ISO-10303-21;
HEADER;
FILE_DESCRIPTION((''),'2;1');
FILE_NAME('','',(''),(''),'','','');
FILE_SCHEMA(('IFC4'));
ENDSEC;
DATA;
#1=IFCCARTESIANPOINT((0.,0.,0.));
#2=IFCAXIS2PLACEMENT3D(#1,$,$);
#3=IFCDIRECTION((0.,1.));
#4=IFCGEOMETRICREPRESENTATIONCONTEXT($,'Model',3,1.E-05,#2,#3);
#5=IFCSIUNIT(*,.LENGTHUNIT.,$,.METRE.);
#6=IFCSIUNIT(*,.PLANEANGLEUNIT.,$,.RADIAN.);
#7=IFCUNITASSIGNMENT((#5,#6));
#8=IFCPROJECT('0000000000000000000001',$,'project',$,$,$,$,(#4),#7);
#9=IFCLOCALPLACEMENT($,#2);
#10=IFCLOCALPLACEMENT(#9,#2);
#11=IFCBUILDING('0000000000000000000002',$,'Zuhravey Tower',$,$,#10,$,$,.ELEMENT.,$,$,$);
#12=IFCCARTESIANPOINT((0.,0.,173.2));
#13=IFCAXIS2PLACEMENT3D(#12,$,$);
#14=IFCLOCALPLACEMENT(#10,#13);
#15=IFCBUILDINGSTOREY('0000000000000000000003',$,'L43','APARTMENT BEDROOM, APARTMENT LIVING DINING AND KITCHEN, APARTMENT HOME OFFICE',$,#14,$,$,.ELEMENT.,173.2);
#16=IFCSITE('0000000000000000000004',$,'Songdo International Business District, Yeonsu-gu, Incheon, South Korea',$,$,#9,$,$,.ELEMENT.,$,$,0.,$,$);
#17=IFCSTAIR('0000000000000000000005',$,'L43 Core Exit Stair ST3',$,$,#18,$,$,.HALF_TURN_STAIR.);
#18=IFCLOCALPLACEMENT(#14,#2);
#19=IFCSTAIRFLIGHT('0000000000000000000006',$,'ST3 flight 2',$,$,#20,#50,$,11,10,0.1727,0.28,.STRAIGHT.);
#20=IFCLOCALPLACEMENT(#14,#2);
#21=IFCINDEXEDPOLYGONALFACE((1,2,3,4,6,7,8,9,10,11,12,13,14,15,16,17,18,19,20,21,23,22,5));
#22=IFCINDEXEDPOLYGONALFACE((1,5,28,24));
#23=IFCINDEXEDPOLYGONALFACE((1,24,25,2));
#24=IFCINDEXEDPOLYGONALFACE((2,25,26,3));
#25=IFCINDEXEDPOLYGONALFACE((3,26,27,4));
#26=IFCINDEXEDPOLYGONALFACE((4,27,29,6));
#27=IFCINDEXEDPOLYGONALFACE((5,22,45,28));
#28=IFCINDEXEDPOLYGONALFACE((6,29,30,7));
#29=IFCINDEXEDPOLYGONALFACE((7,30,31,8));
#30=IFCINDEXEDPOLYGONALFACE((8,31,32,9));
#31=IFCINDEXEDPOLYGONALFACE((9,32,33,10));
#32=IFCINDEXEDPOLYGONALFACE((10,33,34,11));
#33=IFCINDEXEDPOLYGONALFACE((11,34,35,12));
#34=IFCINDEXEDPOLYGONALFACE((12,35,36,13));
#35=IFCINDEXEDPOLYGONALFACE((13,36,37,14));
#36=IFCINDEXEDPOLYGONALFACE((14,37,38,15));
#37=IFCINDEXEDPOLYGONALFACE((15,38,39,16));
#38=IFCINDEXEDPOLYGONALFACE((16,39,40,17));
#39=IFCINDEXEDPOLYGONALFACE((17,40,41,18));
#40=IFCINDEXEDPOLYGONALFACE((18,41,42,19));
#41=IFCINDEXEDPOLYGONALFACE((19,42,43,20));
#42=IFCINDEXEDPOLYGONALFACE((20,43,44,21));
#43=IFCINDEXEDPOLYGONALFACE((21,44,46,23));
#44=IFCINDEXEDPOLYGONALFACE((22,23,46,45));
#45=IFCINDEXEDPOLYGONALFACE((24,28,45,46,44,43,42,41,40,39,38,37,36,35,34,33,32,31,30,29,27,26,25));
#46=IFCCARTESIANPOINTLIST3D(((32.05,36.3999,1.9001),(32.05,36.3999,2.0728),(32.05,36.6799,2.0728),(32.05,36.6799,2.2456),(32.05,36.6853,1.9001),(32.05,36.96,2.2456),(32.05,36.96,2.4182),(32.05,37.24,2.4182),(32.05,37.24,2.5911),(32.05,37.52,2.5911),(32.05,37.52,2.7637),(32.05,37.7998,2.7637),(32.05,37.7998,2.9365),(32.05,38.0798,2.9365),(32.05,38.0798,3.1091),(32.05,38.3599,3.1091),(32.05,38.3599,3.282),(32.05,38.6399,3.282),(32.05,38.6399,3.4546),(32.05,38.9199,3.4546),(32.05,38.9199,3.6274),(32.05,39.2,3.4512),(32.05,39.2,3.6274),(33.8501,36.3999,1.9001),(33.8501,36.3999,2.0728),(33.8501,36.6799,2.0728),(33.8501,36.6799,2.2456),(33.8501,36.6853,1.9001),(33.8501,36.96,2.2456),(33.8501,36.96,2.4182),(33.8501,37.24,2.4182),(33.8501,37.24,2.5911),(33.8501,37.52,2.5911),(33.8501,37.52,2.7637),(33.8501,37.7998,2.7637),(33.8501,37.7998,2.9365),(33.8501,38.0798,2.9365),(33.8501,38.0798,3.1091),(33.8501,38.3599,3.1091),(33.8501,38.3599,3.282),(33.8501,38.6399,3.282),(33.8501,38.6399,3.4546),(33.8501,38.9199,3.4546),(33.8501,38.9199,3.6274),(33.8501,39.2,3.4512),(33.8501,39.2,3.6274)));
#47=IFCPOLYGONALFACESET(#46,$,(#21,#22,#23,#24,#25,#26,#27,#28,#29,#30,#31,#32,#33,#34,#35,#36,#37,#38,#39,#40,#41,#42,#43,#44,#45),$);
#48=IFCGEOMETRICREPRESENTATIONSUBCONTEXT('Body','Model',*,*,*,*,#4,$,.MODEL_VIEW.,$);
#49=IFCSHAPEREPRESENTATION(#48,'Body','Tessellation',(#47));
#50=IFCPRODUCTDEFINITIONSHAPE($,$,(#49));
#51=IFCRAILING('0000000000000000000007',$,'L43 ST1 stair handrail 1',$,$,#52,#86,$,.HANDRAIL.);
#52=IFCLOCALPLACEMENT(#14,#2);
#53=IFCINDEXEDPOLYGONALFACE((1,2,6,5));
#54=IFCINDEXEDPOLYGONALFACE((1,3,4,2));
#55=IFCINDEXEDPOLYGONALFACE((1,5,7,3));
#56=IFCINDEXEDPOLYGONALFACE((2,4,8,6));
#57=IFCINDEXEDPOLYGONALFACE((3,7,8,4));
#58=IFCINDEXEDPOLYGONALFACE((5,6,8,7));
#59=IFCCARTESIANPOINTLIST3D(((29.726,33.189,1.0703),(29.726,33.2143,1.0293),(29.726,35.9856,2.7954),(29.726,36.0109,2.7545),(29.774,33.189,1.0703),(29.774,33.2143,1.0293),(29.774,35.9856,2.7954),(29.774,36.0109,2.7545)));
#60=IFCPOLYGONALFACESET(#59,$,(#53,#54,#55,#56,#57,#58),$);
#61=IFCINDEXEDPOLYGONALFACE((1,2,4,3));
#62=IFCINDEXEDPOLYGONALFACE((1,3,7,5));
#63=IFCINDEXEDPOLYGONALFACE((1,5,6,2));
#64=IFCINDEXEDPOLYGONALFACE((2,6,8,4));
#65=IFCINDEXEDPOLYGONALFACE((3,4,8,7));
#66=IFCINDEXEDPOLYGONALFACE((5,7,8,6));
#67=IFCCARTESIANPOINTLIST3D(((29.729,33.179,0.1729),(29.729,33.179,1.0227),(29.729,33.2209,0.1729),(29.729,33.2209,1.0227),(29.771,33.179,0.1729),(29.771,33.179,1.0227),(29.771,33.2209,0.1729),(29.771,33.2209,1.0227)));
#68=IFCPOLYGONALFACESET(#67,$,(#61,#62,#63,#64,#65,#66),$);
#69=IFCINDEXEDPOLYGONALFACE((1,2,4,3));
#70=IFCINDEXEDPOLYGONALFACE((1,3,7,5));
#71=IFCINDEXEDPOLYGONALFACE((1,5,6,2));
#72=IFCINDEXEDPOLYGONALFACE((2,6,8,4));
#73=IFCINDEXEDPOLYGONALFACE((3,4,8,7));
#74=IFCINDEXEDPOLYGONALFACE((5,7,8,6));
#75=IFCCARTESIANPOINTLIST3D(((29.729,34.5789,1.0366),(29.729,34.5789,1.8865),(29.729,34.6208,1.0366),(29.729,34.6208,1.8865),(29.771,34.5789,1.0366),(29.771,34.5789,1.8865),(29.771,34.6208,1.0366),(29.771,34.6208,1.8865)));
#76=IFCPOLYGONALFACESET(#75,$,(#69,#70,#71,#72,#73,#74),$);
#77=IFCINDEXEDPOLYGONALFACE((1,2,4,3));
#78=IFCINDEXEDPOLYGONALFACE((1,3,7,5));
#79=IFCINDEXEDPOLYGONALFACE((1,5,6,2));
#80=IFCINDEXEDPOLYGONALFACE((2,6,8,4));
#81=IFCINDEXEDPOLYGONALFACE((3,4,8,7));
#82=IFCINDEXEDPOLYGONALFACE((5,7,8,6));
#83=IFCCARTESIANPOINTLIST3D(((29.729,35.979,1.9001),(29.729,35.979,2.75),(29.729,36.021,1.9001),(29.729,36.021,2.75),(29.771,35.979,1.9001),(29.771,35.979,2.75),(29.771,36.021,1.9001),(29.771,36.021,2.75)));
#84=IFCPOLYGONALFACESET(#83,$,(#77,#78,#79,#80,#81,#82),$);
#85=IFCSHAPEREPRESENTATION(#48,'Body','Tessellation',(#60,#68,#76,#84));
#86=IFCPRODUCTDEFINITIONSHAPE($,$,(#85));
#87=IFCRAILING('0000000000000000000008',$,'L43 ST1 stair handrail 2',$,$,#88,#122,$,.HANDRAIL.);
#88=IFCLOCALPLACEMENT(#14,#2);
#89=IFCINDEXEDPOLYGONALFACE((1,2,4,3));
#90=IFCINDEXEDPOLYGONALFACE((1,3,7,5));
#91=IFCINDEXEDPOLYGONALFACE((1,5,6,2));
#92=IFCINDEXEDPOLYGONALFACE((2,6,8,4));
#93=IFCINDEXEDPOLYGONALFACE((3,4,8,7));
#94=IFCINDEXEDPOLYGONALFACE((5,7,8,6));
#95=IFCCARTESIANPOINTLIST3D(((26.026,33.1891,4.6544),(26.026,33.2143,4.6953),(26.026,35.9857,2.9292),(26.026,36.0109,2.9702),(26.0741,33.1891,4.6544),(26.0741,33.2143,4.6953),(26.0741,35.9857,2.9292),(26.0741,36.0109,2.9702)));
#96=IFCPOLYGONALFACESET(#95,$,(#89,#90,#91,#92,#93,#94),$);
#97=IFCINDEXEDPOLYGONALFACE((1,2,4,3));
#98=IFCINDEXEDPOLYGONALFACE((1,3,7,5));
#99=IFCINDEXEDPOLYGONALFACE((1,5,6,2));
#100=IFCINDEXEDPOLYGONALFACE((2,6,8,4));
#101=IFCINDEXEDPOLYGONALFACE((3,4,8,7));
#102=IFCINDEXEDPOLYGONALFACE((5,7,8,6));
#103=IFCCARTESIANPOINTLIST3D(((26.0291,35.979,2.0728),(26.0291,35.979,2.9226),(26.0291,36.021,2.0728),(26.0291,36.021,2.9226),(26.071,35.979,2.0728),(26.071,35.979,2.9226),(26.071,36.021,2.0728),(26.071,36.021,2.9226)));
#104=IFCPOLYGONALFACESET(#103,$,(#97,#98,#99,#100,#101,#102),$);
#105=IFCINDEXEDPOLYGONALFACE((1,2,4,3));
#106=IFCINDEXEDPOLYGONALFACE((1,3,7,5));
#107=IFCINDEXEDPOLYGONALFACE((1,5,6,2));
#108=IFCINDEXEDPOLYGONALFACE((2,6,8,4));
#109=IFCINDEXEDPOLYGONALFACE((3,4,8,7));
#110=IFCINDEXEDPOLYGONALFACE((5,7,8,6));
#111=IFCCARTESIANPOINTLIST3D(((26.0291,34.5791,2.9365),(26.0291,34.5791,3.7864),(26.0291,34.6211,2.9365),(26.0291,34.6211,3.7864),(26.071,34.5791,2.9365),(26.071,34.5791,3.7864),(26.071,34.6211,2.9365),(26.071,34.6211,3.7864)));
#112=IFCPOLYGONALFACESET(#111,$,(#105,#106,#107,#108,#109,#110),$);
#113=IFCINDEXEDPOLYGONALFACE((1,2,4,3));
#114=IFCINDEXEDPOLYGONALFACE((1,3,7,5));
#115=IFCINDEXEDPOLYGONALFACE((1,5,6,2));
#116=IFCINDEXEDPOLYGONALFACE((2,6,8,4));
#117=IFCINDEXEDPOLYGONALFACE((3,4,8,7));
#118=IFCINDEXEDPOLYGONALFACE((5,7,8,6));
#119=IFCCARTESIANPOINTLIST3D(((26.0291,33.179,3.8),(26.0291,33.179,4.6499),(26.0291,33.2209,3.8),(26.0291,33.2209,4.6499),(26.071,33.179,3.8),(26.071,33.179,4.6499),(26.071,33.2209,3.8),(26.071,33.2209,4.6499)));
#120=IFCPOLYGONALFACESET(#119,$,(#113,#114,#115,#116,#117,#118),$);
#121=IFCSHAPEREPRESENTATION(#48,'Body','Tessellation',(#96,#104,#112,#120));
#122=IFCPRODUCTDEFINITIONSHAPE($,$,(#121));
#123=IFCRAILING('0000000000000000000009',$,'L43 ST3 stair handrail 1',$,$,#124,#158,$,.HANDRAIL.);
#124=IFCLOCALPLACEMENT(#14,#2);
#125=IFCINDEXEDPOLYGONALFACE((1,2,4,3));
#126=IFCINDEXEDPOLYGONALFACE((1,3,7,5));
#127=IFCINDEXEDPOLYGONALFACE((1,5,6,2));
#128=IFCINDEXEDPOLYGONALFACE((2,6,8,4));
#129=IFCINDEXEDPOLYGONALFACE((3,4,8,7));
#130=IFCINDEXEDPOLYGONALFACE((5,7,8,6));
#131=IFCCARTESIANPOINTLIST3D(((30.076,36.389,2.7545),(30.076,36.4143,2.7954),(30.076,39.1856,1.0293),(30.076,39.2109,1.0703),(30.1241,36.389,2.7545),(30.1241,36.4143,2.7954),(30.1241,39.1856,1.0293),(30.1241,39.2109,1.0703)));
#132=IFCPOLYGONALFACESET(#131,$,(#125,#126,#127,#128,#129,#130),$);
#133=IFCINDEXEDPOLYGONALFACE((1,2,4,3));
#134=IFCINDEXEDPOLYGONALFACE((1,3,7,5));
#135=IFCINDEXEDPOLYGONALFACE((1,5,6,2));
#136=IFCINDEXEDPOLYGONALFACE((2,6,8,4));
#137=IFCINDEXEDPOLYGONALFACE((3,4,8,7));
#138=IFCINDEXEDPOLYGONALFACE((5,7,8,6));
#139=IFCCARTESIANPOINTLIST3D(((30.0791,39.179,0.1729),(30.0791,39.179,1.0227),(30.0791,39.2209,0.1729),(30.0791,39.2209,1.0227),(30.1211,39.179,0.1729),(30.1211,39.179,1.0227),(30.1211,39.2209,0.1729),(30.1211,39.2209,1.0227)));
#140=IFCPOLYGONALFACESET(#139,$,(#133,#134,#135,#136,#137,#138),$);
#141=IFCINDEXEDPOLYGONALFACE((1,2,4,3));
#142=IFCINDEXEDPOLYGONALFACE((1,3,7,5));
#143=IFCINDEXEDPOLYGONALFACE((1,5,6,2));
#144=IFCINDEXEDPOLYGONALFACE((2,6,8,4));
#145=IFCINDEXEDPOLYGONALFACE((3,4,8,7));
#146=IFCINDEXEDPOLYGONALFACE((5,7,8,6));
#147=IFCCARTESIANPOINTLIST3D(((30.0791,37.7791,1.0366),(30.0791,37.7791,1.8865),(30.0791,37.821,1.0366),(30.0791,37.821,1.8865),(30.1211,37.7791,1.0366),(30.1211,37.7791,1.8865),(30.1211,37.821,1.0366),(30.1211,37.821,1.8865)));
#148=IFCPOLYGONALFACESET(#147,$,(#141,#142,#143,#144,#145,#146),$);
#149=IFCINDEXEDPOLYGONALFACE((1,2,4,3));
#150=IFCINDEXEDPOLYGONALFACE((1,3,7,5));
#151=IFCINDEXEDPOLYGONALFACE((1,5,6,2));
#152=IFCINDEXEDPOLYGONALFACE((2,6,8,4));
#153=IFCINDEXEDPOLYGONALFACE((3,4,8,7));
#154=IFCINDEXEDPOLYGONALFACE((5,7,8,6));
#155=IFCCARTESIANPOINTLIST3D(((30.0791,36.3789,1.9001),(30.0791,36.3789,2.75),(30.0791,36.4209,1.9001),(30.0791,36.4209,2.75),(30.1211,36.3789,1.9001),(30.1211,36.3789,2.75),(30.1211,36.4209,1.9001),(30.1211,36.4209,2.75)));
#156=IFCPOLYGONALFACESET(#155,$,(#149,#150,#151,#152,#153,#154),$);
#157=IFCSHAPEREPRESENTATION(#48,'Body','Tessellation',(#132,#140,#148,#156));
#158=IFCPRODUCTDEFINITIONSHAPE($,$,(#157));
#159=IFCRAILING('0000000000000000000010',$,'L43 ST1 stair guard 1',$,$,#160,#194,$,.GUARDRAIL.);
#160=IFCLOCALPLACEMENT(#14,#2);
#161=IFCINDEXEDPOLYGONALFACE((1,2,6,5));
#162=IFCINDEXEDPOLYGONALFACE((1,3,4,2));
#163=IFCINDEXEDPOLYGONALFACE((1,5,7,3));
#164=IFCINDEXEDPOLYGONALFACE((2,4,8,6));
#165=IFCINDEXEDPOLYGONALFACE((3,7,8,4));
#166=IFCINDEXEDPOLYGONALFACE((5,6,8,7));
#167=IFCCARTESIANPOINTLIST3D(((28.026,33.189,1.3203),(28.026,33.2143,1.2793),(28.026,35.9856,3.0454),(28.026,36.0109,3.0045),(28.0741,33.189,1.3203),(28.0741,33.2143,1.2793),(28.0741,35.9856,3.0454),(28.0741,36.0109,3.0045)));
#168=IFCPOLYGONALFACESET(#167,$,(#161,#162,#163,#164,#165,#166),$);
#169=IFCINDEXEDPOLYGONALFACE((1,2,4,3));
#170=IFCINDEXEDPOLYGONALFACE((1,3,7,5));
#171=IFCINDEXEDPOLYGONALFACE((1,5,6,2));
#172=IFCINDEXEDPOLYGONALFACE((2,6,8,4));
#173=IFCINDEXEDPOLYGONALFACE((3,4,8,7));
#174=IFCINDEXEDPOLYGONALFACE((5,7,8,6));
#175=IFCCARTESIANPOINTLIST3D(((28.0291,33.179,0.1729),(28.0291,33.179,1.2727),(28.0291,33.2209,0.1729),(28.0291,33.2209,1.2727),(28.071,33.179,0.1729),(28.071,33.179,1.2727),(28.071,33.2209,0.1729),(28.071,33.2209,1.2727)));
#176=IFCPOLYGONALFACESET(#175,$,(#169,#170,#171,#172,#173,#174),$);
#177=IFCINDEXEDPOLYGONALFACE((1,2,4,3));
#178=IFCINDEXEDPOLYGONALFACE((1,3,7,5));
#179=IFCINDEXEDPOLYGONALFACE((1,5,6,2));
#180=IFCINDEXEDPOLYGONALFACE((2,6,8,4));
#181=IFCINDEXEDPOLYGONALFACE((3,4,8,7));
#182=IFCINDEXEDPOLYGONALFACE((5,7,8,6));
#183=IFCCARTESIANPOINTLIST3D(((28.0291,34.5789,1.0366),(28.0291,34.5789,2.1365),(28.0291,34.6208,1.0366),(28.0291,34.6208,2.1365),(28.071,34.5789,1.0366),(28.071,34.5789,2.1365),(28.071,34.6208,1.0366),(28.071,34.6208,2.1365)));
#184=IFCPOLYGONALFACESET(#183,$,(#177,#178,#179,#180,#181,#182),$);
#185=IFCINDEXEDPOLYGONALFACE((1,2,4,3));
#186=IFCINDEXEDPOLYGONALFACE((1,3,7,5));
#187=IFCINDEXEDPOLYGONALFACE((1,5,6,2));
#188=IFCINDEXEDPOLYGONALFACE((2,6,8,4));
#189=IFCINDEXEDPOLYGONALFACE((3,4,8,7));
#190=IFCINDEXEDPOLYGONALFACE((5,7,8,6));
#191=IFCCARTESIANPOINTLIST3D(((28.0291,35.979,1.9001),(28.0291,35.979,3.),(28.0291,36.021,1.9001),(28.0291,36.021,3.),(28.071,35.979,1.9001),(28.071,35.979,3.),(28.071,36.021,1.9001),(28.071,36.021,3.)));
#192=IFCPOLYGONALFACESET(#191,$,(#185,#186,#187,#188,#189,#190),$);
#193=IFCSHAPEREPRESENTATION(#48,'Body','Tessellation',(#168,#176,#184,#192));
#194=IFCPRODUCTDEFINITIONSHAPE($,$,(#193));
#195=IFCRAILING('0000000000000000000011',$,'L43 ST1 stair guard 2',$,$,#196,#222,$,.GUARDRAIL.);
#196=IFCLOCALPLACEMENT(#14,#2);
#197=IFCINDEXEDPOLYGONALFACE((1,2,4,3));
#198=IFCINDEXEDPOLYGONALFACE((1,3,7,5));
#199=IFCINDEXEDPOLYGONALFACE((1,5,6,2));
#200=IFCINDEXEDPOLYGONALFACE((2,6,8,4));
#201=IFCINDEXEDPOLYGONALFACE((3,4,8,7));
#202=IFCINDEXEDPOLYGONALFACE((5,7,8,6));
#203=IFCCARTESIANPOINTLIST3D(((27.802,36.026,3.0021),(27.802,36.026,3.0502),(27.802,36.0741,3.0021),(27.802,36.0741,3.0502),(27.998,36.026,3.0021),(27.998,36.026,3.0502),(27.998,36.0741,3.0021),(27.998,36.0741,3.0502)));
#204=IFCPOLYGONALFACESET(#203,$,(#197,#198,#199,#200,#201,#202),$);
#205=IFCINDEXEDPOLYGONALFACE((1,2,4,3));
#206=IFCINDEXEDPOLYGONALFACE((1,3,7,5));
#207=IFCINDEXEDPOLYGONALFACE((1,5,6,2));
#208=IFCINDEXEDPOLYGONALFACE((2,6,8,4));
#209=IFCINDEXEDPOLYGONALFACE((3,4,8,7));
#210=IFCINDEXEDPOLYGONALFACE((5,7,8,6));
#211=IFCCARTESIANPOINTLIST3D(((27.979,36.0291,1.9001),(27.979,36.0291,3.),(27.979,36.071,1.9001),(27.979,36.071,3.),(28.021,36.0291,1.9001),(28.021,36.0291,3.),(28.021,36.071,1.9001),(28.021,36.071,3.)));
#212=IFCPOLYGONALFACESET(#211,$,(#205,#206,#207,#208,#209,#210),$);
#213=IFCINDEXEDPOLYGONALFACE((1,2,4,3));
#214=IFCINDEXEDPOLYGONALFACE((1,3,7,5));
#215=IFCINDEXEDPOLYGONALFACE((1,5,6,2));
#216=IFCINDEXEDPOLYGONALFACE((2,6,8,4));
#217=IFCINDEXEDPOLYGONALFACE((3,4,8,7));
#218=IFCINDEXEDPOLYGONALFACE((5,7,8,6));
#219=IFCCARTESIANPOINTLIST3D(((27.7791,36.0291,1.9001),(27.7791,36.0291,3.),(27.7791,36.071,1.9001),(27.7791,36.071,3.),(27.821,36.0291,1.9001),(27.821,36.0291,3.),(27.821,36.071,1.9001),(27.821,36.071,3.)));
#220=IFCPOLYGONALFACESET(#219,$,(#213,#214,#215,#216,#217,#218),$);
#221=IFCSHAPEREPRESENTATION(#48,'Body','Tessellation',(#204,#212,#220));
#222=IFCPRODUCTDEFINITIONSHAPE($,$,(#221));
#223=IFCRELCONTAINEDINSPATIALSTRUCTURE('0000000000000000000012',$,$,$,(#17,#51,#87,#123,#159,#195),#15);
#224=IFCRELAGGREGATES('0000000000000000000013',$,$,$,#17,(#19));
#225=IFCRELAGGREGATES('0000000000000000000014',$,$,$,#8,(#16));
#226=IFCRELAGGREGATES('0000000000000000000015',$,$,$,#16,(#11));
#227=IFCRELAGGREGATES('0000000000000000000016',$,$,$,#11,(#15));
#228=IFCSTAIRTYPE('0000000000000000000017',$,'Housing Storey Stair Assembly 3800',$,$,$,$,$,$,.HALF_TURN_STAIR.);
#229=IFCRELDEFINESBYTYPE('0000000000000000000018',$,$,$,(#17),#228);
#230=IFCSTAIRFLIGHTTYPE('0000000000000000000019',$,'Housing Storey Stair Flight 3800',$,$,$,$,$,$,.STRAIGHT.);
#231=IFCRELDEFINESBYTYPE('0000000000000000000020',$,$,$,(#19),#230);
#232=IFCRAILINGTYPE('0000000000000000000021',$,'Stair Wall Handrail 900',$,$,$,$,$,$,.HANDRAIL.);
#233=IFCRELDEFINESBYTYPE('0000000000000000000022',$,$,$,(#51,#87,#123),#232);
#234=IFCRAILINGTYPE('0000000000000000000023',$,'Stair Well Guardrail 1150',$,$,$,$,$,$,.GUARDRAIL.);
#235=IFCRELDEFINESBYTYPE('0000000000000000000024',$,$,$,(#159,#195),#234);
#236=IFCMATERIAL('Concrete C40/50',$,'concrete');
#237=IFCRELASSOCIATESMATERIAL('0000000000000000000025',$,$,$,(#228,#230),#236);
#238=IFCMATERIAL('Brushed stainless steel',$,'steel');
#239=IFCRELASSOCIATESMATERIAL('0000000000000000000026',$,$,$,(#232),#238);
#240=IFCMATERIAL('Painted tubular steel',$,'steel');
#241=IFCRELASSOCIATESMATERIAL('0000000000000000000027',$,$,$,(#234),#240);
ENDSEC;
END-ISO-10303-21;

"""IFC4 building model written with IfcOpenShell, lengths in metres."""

from ifc_helpers import new_model, si_unit, direction, frame, origin, origin_2d, place, context, subcontext, project, spatial, polyline, rectangle, outline, extrude, material, type_object, element, aggregate, save


model = new_model("IFC4")

# Units and contexts
model_context = context("Model", 3, precision=1e-05, world=origin(), true_north=direction((0.0, 1.0)))
body_context = subcontext(model_context, "Body", "Model", "MODEL_VIEW")
ifc_project = project(units=[si_unit("LENGTHUNIT", "METRE"), si_unit("PLANEANGLEUNIT", "RADIAN")], contexts=[model_context])

# Site, building, storey
site_placement = place(None, origin())
site = spatial("IfcSite", under=ifc_project, at=site_placement, Name="Songdo International Business District, Yeonsu-gu, Incheon, South Korea", CompositionType="ELEMENT", RefElevation=0.0)
building_placement = place(site_placement, origin())
building = spatial("IfcBuilding", under=site, at=building_placement, Name="Zuhravey Tower", CompositionType="ELEMENT")
storey_placement = place(building_placement, frame((0.0, 0.0, 173.2)))
storey = spatial("IfcBuildingStorey", under=building, at=storey_placement, Name="L43", Description="APARTMENT BEDROOM, APARTMENT LIVING DINING AND KITCHEN, APARTMENT HOME OFFICE", CompositionType="ELEMENT", Elevation=173.2)

# Stair, stair flight
ifc_material_1 = material(Name="Concrete C40/50", Category="concrete")
stair_type = type_object("IfcStairType", Name="Housing Storey Stair Assembly 3800", PredefinedType="HALF_TURN_STAIR", material=ifc_material_1)
stair_flight_type = type_object("IfcStairFlightType", Name="Housing Storey Stair Flight 3800", PredefinedType="STRAIGHT", material=ifc_material_1)
stair_1_placement = place(storey_placement, origin())
stair_1 = element("IfcStair", 1, at=stair_1_placement, inside=storey, type_object=stair_type, Name="L43 Core Exit Stair ST3", PredefinedType="HALF_TURN_STAIR")
stair_flight_1_placement = place(storey_placement, frame((32.95, 36.3999, 1.9001), z_axis=(0.0, 0.0, 1.0), x_axis=(0.0, 1.0, 0.0)))
stair_flight_1 = element("IfcStairFlight", 2, at=stair_flight_1_placement, type_object=stair_flight_type, Name="ST3 flight 2", NumberOfRisers=11, NumberOfTreads=10, PredefinedType="STRAIGHT", RiserHeight=0.1727, TreadLength=0.28, context=body_context, shape_type="SweptSolid", body=[
    extrude(outline(polyline([(0.0, 0.0), (0.0, 0.1726), (0.28, 0.1726), (0.28, 0.3455), (0.5601, 0.3455), (0.5601, 0.5181), (0.8401, 0.5181), (0.8401, 0.6909), (1.1201, 0.6909), (1.1201, 0.8635), (1.3999, 0.8635), (1.3999, 1.0364), (1.6799, 1.0364), (1.6799, 1.209), (1.96, 1.209), (1.96, 1.3818), (2.24, 1.3818), (2.24, 1.5544), (2.52, 1.5544), (2.52, 1.7273), (2.8, 1.7273), (2.8, 1.8999), (2.8, 1.551), (0.2854, 0.0), (0.0, 0.0)])), frame((0.0, 0.8999, 0.0), z_axis=(0.0, -1.0, 0.0), x_axis=(1.0, 0.0, 0.0)), (0.0, 0.0, 1.0), 1.8),
])
aggregate(stair_1, [stair_flight_1])

# Railings
ifc_material_2 = material(Name="Brushed stainless steel", Category="steel")
railing_type_1 = type_object("IfcRailingType", Name="Stair Wall Handrail 900", PredefinedType="HANDRAIL", material=ifc_material_2)
railing_1_placement = place(storey_placement, frame((29.75, 33.2, 0.1729)))
element("IfcRailing", 3, at=railing_1_placement, inside=storey, type_object=railing_type_1, Name="L43 ST1 stair handrail 1", PredefinedType="HANDRAIL", context=body_context, shape_type="SweptSolid", body=[
    extrude(rectangle(XDim=0.0481, YDim=0.0481, at=origin_2d()), frame((0.0, 0.0017, 0.877), z_axis=(0.0, 0.85109, 0.52502), x_axis=(-1.0, 0.0, 0.0)), (0.0, 0.0, 1.0), 3.2859),
    extrude(rectangle(XDim=0.042, YDim=0.042, at=origin_2d()), origin(), (0.0, 0.0, 1.0), 0.8499),
    extrude(rectangle(XDim=0.042, YDim=0.042, at=origin_2d()), frame((0.0, 1.3999, 0.8638)), (0.0, 0.0, 1.0), 0.8499),
    extrude(rectangle(XDim=0.042, YDim=0.042, at=origin_2d()), frame((0.0, 2.8, 1.7273)), (0.0, 0.0, 1.0), 0.8499),
])
for number, where, name in (
    (4, (26.05, 36.0, 2.0728), "L43 ST1 stair handrail 2"),
    (5, (30.1001, 39.2, 0.1729), "L43 ST3 stair handrail 1"),
):
    element("IfcRailing", number, at=place(storey_placement, frame(where)), inside=storey, type_object=railing_type_1, Name=name, PredefinedType="HANDRAIL", context=body_context, shape_type="SweptSolid", body=[
        extrude(rectangle(XDim=0.0481, YDim=0.0481, at=origin_2d()), frame((0.0, -0.0017, 0.877), z_axis=(0.0, -0.85109, 0.52502), x_axis=(1.0, 0.0, 0.0)), (0.0, 0.0, 1.0), 3.2859),
        extrude(rectangle(XDim=0.042, YDim=0.042, at=origin_2d()), origin(), (0.0, 0.0, 1.0), 0.8499),
        extrude(rectangle(XDim=0.042, YDim=0.042, at=origin_2d()), frame((0.0, -1.3999, 0.8638)), (0.0, 0.0, 1.0), 0.8499),
        extrude(rectangle(XDim=0.042, YDim=0.042, at=origin_2d()), frame((0.0, -2.8, 1.7273)), (0.0, 0.0, 1.0), 0.8499),
    ])
ifc_material_3 = material(Name="Painted tubular steel", Category="steel")
railing_type_2 = type_object("IfcRailingType", Name="Stair Well Guardrail 1150", PredefinedType="GUARDRAIL", material=ifc_material_3)
railing_2_placement = place(storey_placement, frame((28.05, 33.2, 0.1729)))
element("IfcRailing", 6, at=railing_2_placement, inside=storey, type_object=railing_type_2, Name="L43 ST1 stair guard 1", PredefinedType="GUARDRAIL", context=body_context, shape_type="SweptSolid", body=[
    extrude(rectangle(XDim=0.0481, YDim=0.0481, at=origin_2d()), frame((0.0, 0.0017, 1.127), z_axis=(0.0, 0.85109, 0.52502), x_axis=(-1.0, 0.0, 0.0)), (0.0, 0.0, 1.0), 3.2859),
    extrude(rectangle(XDim=0.042, YDim=0.042, at=origin_2d()), origin(), (0.0, 0.0, 1.0), 1.0999),
    extrude(rectangle(XDim=0.042, YDim=0.042, at=origin_2d()), frame((0.0, 1.3999, 0.8638)), (0.0, 0.0, 1.0), 1.0999),
    extrude(rectangle(XDim=0.042, YDim=0.042, at=origin_2d()), frame((0.0, 2.8, 1.7273)), (0.0, 0.0, 1.0), 1.0999),
])
railing_3_placement = place(storey_placement, frame((28.0, 36.05, 1.9001)))
element("IfcRailing", 7, at=railing_3_placement, inside=storey, type_object=railing_type_2, Name="L43 ST1 stair guard 2", PredefinedType="GUARDRAIL", context=body_context, shape_type="SweptSolid", body=[
    extrude(rectangle(XDim=0.0481, YDim=0.0481, at=origin_2d()), frame((-0.002, 0.0, 1.126), z_axis=(-1.0, 0.0, 0.0), x_axis=(0.0, -1.0, 0.0)), (0.0, 0.0, 1.0), 0.196),
    extrude(rectangle(XDim=0.042, YDim=0.042, at=origin_2d()), origin(), (0.0, 0.0, 1.0), 1.0999),
    extrude(rectangle(XDim=0.042, YDim=0.042, at=origin_2d()), frame((-0.2, 0.0, 0.0)), (0.0, 0.0, 1.0), 1.0999),
])

save(model, "model.ifc")
